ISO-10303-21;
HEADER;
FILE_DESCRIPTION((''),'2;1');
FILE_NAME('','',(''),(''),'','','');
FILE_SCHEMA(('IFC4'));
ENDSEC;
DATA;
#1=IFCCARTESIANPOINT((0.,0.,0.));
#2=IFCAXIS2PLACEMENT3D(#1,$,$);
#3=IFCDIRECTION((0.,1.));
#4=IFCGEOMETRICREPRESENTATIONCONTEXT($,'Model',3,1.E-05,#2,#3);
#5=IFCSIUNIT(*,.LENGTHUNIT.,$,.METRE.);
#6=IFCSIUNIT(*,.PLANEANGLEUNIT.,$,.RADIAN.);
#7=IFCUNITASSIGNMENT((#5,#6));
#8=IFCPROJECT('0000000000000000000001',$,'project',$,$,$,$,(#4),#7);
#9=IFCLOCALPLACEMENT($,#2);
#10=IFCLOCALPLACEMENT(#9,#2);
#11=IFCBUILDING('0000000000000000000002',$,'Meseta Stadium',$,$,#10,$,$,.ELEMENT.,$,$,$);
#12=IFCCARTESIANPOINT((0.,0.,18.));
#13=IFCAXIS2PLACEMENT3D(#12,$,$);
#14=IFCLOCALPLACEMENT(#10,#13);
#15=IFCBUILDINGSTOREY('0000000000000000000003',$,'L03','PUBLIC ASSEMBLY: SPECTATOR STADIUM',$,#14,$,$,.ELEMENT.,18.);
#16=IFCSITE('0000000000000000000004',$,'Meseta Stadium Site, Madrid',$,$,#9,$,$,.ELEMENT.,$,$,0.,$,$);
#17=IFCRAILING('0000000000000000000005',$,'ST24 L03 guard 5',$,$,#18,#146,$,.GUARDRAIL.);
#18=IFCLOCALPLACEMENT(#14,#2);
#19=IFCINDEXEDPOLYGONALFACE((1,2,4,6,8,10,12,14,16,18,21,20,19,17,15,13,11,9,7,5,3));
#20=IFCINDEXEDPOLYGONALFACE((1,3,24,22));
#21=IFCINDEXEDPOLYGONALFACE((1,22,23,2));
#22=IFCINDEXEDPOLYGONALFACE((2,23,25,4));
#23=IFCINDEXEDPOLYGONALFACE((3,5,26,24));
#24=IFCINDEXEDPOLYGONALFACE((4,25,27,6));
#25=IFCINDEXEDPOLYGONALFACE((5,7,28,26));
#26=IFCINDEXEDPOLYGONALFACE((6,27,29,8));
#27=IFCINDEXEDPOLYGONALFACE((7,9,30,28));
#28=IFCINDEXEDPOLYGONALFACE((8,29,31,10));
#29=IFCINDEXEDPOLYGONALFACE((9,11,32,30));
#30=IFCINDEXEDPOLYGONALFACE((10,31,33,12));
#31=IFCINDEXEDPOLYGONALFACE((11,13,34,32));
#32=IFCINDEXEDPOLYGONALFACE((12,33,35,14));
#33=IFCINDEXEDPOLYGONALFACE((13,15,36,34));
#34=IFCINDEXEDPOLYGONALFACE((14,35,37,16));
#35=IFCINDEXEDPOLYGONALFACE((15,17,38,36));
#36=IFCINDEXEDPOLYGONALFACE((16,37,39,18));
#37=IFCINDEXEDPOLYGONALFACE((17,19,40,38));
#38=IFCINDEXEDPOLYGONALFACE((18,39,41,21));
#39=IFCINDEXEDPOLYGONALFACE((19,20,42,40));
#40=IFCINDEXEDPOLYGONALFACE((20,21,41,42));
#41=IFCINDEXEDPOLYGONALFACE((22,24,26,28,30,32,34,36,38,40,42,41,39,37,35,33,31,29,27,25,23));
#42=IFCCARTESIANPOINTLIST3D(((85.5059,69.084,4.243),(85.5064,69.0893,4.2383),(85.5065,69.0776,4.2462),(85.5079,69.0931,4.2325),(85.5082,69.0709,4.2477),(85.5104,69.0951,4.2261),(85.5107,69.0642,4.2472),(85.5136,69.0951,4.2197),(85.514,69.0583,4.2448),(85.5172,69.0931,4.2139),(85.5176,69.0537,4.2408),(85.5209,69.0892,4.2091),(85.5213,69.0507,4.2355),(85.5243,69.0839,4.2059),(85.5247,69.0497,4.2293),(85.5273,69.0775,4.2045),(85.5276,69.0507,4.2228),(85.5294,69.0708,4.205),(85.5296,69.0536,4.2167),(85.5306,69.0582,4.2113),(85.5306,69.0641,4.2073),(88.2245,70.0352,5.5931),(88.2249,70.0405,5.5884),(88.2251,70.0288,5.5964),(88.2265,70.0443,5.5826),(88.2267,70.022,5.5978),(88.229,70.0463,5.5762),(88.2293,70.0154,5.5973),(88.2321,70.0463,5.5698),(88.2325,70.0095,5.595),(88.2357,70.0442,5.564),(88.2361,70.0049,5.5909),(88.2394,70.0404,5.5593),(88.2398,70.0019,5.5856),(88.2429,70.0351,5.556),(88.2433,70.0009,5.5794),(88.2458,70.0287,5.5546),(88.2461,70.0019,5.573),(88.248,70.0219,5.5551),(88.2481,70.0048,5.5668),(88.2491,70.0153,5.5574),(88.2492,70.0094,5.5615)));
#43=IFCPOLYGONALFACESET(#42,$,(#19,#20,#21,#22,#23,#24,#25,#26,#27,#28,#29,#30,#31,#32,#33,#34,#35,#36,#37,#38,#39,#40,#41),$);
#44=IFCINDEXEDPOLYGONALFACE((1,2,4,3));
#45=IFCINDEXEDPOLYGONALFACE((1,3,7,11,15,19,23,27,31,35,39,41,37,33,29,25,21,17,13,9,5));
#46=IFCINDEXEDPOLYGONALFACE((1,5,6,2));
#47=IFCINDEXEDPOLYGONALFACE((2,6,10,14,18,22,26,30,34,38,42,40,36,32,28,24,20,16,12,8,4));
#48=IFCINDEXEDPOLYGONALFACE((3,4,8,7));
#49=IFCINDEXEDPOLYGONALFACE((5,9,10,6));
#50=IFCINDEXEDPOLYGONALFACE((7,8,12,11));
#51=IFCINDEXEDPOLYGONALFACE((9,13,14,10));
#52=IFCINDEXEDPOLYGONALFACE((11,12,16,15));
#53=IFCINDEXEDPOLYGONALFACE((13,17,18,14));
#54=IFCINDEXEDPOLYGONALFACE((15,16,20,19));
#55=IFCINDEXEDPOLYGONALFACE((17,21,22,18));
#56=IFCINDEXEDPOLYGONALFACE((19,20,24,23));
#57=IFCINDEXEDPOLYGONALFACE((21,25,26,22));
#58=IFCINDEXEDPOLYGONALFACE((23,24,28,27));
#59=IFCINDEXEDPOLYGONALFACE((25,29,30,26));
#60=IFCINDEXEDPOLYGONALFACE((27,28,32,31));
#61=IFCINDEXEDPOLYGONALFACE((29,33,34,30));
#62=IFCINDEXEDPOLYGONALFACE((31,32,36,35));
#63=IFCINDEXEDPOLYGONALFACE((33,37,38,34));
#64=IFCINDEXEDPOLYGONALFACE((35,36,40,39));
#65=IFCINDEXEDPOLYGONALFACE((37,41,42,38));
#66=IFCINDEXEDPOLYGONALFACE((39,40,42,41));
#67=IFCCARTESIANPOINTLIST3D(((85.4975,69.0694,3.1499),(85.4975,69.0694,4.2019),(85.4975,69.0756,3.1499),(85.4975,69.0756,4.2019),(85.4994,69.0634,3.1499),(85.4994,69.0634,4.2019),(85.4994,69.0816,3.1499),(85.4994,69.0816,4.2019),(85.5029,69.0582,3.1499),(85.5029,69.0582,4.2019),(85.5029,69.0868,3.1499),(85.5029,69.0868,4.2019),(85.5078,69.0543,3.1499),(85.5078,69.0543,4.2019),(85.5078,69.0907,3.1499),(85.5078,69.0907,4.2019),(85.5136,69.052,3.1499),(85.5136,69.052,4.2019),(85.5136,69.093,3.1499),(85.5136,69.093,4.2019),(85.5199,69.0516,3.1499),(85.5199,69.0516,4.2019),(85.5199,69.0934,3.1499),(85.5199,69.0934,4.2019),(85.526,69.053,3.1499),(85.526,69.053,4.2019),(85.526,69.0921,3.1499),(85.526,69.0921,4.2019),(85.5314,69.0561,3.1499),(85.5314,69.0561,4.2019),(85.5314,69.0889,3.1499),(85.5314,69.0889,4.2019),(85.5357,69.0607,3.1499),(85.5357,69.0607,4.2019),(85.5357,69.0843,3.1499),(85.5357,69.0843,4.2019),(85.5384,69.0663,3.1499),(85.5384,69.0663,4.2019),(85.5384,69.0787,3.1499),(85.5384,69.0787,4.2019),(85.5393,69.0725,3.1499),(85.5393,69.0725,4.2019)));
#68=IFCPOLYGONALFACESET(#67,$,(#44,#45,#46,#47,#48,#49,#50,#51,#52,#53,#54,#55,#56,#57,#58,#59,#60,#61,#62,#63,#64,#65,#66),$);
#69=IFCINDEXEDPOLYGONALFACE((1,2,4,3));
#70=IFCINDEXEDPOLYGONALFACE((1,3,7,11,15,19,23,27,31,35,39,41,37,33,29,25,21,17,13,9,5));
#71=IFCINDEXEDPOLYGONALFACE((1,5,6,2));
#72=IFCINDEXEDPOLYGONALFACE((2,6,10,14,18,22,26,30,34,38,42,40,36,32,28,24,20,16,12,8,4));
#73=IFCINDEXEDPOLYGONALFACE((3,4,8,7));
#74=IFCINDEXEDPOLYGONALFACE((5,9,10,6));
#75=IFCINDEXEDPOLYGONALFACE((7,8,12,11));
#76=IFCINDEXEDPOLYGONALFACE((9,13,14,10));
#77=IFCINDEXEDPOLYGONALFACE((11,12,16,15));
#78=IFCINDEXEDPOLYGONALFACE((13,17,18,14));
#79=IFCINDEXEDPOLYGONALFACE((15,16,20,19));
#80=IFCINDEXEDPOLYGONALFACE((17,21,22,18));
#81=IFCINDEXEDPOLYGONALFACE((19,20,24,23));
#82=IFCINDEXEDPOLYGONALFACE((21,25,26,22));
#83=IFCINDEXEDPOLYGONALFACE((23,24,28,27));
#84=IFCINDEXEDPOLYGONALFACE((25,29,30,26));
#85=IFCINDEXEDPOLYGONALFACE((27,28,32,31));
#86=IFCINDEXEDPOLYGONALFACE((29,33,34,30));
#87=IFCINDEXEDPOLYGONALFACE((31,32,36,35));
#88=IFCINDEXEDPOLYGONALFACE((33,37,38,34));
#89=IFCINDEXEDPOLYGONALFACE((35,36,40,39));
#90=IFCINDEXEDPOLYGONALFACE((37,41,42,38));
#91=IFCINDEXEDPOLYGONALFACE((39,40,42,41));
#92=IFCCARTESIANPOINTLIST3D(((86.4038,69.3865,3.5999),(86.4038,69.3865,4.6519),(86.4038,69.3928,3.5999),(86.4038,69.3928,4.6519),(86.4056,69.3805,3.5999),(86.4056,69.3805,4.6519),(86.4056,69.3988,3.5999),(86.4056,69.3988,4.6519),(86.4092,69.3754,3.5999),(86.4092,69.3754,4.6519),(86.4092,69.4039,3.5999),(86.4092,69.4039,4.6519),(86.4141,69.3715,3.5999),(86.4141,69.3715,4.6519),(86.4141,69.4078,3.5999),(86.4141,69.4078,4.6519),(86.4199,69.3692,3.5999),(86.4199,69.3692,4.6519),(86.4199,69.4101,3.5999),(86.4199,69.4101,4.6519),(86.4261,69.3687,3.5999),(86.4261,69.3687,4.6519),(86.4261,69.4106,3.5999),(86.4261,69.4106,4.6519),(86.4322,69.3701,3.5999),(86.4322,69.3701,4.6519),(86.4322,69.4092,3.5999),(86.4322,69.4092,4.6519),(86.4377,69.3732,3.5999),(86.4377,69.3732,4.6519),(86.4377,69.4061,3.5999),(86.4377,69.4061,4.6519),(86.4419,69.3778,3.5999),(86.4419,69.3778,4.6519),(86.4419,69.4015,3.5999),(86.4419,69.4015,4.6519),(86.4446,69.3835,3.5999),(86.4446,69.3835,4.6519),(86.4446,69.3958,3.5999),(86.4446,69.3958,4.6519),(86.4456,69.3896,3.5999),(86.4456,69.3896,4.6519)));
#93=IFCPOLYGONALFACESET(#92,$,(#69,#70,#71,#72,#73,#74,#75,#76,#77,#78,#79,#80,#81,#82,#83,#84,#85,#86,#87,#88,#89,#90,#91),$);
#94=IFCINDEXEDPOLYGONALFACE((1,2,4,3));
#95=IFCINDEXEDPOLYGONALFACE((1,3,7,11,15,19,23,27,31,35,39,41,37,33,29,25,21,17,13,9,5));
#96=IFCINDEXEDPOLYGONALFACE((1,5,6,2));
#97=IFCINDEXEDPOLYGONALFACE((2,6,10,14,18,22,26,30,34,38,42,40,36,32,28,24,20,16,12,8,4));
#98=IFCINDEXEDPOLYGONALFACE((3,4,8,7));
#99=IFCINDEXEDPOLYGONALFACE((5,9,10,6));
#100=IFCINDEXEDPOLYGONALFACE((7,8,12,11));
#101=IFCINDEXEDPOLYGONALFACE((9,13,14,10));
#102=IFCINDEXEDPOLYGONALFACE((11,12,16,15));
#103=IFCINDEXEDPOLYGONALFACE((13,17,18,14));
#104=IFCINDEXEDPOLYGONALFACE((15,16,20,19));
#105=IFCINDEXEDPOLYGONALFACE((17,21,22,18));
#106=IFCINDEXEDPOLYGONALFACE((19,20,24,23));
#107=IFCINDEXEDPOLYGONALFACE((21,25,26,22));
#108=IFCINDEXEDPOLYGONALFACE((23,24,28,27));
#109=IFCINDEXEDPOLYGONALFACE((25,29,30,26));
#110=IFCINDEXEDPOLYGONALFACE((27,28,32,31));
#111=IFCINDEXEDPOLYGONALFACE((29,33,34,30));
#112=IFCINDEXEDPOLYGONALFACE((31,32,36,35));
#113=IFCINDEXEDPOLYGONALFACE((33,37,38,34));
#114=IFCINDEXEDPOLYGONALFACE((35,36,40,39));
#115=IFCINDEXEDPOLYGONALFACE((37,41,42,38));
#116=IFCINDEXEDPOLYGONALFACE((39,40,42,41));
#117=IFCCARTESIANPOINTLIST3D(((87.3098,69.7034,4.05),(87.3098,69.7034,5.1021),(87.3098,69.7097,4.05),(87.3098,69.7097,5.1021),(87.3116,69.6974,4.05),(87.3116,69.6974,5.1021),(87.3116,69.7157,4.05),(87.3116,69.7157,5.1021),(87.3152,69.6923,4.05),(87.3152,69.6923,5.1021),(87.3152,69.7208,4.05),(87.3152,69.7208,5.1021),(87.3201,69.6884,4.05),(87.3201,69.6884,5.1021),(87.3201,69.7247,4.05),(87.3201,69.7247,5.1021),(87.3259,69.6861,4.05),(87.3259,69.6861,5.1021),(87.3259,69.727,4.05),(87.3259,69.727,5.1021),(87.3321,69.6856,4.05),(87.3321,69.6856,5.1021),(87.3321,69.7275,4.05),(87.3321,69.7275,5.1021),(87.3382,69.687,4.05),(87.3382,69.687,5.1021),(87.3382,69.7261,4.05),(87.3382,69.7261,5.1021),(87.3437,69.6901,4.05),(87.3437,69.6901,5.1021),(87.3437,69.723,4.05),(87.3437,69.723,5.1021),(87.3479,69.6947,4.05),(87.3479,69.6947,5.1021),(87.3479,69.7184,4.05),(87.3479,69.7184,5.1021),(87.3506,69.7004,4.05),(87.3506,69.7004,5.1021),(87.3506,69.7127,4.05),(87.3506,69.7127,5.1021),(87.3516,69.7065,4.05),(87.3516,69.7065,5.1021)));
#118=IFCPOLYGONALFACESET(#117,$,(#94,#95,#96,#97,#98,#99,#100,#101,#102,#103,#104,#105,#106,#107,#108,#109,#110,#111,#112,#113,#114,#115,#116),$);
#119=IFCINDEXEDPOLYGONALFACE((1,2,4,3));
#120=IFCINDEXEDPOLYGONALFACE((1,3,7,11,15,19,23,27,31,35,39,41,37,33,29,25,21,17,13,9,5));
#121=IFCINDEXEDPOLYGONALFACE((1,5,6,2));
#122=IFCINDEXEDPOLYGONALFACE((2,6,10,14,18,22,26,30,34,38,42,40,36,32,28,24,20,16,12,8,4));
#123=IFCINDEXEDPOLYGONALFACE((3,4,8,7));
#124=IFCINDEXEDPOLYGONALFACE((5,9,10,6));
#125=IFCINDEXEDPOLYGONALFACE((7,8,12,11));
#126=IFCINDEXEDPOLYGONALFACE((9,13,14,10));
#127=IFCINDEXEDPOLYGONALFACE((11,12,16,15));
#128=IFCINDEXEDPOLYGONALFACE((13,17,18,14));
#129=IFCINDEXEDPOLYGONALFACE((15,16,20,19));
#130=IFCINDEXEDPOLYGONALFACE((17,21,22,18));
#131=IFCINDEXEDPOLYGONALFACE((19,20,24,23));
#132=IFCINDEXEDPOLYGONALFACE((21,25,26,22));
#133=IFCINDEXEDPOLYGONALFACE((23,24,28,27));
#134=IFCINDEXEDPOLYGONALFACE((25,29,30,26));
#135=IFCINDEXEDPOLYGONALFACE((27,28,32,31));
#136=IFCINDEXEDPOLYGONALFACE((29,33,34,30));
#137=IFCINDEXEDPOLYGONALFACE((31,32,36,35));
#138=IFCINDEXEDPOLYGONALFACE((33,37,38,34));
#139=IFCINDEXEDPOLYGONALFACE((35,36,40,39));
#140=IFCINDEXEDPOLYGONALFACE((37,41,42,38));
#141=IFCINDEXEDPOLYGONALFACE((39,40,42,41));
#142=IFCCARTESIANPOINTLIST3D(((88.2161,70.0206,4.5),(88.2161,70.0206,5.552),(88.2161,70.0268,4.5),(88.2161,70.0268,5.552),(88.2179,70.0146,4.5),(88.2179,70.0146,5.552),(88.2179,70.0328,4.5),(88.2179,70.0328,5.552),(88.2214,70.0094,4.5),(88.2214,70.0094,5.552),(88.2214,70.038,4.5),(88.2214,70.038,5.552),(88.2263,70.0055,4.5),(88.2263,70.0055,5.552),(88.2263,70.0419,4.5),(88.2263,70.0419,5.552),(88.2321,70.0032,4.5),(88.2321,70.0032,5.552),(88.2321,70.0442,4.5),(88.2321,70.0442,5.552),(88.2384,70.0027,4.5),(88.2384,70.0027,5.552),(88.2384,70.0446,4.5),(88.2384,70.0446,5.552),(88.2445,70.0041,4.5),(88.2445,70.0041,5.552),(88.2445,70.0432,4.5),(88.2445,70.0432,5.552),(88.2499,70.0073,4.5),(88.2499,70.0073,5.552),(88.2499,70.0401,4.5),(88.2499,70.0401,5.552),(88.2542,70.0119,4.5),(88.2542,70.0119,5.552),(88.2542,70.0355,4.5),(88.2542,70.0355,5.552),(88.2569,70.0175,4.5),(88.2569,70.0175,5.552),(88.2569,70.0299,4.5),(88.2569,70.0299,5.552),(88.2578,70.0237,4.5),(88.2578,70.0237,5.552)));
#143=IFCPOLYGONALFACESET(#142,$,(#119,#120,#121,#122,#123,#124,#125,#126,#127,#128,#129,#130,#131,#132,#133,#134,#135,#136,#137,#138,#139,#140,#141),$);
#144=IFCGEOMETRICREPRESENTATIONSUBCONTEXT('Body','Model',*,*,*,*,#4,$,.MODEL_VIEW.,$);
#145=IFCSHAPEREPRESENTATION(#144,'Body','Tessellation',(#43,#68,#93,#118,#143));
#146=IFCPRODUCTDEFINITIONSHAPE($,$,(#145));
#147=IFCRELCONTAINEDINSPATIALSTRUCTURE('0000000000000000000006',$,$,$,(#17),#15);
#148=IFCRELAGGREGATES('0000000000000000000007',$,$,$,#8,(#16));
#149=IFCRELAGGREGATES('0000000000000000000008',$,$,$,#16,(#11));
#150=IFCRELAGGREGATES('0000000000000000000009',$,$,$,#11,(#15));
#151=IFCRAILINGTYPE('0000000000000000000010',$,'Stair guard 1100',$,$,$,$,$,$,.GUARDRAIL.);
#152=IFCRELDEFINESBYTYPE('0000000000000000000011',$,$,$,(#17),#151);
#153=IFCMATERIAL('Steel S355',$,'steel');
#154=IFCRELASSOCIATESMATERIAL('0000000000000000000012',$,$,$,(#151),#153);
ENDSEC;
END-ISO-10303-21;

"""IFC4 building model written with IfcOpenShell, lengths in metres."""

from ifc_helpers import new_model, si_unit, direction, frame, origin, origin_2d, place, context, subcontext, project, spatial, circle, extrude, material, type_object, element, save


model = new_model("IFC4")

# Units and contexts
model_context = context("Model", 3, precision=1e-05, world=origin(), true_north=direction((0.0, 1.0)))
body_context = subcontext(model_context, "Body", "Model", "MODEL_VIEW")
ifc_project = project(units=[si_unit("LENGTHUNIT", "METRE"), si_unit("PLANEANGLEUNIT", "RADIAN")], contexts=[model_context])

# Site, building, storey
site_placement = place(None, origin())
site = spatial("IfcSite", under=ifc_project, at=site_placement, Name="Meseta Stadium Site, Madrid", CompositionType="ELEMENT", RefElevation=0.0)
building_placement = place(site_placement, origin())
building = spatial("IfcBuilding", under=site, at=building_placement, Name="Meseta Stadium", CompositionType="ELEMENT")
storey_placement = place(building_placement, frame((0.0, 0.0, 18.0)))
storey = spatial("IfcBuildingStorey", under=building, at=storey_placement, Name="L03", Description="PUBLIC ASSEMBLY: SPECTATOR STADIUM", CompositionType="ELEMENT", Elevation=18.0)

# Railing
ifc_material_1 = material(Name="Steel S355", Category="steel")
railing_type_1 = type_object("IfcRailingType", Name="Stair guard 1100", PredefinedType="GUARDRAIL", material=ifc_material_1)
railing_1_placement = place(storey_placement, frame((85.5183, 69.0725, 3.1499)))
element("IfcRailing", 1, at=railing_1_placement, inside=storey, type_object=railing_type_1, Name="ST24 L03 guard 5", PredefinedType="GUARDRAIL", context=body_context, shape_type="SweptSolid", body=[
    extrude(circle(Radius=0.0239, at=origin_2d()), frame((0.0, 0.0, 1.0762), z_axis=(0.854649, 0.299031, 0.424446), x_axis=(-0.330256, 0.943891, 0.0)), (0.0, 0.0, 1.0), 3.1809),
    extrude(circle(Radius=0.021, at=origin_2d()), origin(), (0.0, 0.0, 1.0), 1.052),
    extrude(circle(Radius=0.021, at=origin_2d()), frame((0.9062, 0.3171, 0.45)), (0.0, 0.0, 1.0), 1.052),
    extrude(circle(Radius=0.021, at=origin_2d()), frame((1.8123, 0.634, 0.9001)), (0.0, 0.0, 1.0), 1.052),
    extrude(circle(Radius=0.021, at=origin_2d()), frame((2.7185, 0.9512, 1.3501)), (0.0, 0.0, 1.0), 1.052),
])

save(model, "model.ifc")
